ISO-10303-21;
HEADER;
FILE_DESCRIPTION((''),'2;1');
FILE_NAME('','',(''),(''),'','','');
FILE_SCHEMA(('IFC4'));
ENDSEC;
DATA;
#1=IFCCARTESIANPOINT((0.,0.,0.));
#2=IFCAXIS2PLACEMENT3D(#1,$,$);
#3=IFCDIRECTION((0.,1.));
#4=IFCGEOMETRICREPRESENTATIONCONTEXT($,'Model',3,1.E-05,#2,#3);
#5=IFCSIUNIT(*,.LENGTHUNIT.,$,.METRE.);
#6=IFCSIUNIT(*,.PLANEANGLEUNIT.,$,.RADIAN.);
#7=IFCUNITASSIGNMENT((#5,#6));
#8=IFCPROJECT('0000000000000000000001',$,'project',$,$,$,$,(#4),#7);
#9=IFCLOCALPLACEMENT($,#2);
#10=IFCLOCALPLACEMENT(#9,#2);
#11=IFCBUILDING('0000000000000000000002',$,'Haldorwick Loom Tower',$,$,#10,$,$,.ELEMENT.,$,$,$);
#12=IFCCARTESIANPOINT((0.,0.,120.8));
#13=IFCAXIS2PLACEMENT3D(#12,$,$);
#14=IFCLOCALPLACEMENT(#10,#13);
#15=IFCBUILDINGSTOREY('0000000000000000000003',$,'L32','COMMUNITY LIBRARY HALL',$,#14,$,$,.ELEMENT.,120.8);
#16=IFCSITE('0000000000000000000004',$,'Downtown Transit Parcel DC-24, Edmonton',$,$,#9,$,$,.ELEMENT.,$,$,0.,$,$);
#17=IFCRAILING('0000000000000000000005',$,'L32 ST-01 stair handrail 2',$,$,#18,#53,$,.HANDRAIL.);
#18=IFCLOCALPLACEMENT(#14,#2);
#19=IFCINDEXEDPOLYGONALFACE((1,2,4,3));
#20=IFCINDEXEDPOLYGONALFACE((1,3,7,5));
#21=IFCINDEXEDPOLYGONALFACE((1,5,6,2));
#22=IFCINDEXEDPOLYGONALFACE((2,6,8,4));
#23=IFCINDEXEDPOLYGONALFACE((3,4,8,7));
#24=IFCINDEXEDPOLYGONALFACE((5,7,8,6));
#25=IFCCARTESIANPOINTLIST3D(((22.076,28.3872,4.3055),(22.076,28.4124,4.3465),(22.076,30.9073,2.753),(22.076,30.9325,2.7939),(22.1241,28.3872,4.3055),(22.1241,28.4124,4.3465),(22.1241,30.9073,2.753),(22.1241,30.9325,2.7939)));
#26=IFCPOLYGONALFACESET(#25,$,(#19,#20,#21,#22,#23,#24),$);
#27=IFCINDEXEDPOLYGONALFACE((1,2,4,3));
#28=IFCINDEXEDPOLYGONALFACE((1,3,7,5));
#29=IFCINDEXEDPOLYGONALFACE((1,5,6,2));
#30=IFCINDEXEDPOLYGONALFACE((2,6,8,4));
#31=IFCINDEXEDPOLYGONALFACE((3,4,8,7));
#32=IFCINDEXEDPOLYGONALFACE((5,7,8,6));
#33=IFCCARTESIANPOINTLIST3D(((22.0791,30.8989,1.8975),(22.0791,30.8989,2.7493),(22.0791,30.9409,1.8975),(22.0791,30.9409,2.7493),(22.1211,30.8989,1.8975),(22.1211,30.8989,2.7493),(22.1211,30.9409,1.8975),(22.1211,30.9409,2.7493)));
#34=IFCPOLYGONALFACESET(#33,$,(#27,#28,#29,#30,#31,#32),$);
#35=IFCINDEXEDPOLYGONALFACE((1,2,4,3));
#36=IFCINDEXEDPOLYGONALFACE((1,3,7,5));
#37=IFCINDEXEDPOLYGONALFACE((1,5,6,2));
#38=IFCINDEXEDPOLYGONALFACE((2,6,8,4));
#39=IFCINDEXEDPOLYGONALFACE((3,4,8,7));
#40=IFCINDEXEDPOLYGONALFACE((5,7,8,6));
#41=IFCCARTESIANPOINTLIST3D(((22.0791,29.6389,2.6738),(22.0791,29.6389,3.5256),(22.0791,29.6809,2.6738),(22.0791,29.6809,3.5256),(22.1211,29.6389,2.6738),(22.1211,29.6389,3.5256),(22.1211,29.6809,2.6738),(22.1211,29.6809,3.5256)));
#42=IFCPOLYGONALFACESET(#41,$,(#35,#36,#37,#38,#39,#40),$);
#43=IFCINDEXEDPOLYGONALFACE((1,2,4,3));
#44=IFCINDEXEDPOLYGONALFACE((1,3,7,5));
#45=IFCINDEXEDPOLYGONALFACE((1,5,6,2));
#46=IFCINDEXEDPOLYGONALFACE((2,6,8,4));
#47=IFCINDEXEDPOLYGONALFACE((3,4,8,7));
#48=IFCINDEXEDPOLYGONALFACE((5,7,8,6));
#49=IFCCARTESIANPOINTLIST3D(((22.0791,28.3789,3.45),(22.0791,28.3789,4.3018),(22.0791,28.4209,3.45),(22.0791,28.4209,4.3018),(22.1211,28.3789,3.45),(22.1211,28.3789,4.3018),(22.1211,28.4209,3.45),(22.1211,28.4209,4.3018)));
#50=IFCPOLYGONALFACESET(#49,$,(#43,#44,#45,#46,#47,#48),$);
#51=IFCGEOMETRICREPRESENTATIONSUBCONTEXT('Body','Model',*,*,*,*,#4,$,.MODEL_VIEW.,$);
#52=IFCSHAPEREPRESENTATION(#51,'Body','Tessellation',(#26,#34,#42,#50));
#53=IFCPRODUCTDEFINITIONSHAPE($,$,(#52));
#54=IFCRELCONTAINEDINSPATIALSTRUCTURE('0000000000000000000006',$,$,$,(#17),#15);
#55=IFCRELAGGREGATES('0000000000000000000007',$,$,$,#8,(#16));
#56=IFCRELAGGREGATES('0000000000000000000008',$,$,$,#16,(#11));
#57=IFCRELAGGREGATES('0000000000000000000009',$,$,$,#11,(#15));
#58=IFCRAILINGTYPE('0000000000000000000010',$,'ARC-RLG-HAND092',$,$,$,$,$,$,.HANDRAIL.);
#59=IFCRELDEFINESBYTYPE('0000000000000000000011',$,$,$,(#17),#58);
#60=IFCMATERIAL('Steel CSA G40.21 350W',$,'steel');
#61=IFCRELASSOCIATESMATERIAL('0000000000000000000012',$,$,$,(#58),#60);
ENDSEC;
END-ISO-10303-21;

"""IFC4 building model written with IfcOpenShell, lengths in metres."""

from ifc_helpers import new_model, si_unit, direction, frame, origin, origin_2d, place, context, subcontext, project, spatial, rectangle, extrude, material, type_object, element, save


model = new_model("IFC4")

# Units and contexts
model_context = context("Model", 3, precision=1e-05, world=origin(), true_north=direction((0.0, 1.0)))
body_context = subcontext(model_context, "Body", "Model", "MODEL_VIEW")
ifc_project = project(units=[si_unit("LENGTHUNIT", "METRE"), si_unit("PLANEANGLEUNIT", "RADIAN")], contexts=[model_context])

# Site, building, storey
site_placement = place(None, origin())
site = spatial("IfcSite", under=ifc_project, at=site_placement, Name="Downtown Transit Parcel DC-24, Edmonton", CompositionType="ELEMENT", RefElevation=0.0)
building_placement = place(site_placement, origin())
building = spatial("IfcBuilding", under=site, at=building_placement, Name="Haldorwick Loom Tower", CompositionType="ELEMENT")
storey_placement = place(building_placement, frame((0.0, 0.0, 120.8)))
storey = spatial("IfcBuildingStorey", under=building, at=storey_placement, Name="L32", Description="COMMUNITY LIBRARY HALL", CompositionType="ELEMENT", Elevation=120.8)

# Shared definitions
ifc_material_1 = material(Name="Steel CSA G40.21 350W", Category="steel")

# Railing
railing_type = type_object("IfcRailingType", Name="ARC-RLG-HAND092", PredefinedType="HANDRAIL", material=ifc_material_1)
railing_placement = place(storey_placement, frame((22.1001, 30.9199, 1.8975)))
element("IfcRailing", 1, at=railing_placement, inside=storey, type_object=railing_type, Name="L32 ST-01 stair handrail 2", PredefinedType="HANDRAIL", context=body_context, shape_type="SweptSolid", body=[
    extrude(rectangle(XDim=0.0481, YDim=0.0481, at=origin_2d()), frame((0.0, 0.0, 0.876), z_axis=(0.0, -0.8514, 0.524516), x_axis=(1.0, 0.0, 0.0)), (0.0, 0.0, 1.0), 2.96),
    extrude(rectangle(XDim=0.042, YDim=0.042, at=origin_2d()), origin(), (0.0, 0.0, 1.0), 0.8518),
    extrude(rectangle(XDim=0.042, YDim=0.042, at=origin_2d()), frame((0.0, -1.26, 0.7764)), (0.0, 0.0, 1.0), 0.8518),
    extrude(rectangle(XDim=0.042, YDim=0.042, at=origin_2d()), frame((0.0, -2.52, 1.5525)), (0.0, 0.0, 1.0), 0.8518),
])

save(model, "model.ifc")
